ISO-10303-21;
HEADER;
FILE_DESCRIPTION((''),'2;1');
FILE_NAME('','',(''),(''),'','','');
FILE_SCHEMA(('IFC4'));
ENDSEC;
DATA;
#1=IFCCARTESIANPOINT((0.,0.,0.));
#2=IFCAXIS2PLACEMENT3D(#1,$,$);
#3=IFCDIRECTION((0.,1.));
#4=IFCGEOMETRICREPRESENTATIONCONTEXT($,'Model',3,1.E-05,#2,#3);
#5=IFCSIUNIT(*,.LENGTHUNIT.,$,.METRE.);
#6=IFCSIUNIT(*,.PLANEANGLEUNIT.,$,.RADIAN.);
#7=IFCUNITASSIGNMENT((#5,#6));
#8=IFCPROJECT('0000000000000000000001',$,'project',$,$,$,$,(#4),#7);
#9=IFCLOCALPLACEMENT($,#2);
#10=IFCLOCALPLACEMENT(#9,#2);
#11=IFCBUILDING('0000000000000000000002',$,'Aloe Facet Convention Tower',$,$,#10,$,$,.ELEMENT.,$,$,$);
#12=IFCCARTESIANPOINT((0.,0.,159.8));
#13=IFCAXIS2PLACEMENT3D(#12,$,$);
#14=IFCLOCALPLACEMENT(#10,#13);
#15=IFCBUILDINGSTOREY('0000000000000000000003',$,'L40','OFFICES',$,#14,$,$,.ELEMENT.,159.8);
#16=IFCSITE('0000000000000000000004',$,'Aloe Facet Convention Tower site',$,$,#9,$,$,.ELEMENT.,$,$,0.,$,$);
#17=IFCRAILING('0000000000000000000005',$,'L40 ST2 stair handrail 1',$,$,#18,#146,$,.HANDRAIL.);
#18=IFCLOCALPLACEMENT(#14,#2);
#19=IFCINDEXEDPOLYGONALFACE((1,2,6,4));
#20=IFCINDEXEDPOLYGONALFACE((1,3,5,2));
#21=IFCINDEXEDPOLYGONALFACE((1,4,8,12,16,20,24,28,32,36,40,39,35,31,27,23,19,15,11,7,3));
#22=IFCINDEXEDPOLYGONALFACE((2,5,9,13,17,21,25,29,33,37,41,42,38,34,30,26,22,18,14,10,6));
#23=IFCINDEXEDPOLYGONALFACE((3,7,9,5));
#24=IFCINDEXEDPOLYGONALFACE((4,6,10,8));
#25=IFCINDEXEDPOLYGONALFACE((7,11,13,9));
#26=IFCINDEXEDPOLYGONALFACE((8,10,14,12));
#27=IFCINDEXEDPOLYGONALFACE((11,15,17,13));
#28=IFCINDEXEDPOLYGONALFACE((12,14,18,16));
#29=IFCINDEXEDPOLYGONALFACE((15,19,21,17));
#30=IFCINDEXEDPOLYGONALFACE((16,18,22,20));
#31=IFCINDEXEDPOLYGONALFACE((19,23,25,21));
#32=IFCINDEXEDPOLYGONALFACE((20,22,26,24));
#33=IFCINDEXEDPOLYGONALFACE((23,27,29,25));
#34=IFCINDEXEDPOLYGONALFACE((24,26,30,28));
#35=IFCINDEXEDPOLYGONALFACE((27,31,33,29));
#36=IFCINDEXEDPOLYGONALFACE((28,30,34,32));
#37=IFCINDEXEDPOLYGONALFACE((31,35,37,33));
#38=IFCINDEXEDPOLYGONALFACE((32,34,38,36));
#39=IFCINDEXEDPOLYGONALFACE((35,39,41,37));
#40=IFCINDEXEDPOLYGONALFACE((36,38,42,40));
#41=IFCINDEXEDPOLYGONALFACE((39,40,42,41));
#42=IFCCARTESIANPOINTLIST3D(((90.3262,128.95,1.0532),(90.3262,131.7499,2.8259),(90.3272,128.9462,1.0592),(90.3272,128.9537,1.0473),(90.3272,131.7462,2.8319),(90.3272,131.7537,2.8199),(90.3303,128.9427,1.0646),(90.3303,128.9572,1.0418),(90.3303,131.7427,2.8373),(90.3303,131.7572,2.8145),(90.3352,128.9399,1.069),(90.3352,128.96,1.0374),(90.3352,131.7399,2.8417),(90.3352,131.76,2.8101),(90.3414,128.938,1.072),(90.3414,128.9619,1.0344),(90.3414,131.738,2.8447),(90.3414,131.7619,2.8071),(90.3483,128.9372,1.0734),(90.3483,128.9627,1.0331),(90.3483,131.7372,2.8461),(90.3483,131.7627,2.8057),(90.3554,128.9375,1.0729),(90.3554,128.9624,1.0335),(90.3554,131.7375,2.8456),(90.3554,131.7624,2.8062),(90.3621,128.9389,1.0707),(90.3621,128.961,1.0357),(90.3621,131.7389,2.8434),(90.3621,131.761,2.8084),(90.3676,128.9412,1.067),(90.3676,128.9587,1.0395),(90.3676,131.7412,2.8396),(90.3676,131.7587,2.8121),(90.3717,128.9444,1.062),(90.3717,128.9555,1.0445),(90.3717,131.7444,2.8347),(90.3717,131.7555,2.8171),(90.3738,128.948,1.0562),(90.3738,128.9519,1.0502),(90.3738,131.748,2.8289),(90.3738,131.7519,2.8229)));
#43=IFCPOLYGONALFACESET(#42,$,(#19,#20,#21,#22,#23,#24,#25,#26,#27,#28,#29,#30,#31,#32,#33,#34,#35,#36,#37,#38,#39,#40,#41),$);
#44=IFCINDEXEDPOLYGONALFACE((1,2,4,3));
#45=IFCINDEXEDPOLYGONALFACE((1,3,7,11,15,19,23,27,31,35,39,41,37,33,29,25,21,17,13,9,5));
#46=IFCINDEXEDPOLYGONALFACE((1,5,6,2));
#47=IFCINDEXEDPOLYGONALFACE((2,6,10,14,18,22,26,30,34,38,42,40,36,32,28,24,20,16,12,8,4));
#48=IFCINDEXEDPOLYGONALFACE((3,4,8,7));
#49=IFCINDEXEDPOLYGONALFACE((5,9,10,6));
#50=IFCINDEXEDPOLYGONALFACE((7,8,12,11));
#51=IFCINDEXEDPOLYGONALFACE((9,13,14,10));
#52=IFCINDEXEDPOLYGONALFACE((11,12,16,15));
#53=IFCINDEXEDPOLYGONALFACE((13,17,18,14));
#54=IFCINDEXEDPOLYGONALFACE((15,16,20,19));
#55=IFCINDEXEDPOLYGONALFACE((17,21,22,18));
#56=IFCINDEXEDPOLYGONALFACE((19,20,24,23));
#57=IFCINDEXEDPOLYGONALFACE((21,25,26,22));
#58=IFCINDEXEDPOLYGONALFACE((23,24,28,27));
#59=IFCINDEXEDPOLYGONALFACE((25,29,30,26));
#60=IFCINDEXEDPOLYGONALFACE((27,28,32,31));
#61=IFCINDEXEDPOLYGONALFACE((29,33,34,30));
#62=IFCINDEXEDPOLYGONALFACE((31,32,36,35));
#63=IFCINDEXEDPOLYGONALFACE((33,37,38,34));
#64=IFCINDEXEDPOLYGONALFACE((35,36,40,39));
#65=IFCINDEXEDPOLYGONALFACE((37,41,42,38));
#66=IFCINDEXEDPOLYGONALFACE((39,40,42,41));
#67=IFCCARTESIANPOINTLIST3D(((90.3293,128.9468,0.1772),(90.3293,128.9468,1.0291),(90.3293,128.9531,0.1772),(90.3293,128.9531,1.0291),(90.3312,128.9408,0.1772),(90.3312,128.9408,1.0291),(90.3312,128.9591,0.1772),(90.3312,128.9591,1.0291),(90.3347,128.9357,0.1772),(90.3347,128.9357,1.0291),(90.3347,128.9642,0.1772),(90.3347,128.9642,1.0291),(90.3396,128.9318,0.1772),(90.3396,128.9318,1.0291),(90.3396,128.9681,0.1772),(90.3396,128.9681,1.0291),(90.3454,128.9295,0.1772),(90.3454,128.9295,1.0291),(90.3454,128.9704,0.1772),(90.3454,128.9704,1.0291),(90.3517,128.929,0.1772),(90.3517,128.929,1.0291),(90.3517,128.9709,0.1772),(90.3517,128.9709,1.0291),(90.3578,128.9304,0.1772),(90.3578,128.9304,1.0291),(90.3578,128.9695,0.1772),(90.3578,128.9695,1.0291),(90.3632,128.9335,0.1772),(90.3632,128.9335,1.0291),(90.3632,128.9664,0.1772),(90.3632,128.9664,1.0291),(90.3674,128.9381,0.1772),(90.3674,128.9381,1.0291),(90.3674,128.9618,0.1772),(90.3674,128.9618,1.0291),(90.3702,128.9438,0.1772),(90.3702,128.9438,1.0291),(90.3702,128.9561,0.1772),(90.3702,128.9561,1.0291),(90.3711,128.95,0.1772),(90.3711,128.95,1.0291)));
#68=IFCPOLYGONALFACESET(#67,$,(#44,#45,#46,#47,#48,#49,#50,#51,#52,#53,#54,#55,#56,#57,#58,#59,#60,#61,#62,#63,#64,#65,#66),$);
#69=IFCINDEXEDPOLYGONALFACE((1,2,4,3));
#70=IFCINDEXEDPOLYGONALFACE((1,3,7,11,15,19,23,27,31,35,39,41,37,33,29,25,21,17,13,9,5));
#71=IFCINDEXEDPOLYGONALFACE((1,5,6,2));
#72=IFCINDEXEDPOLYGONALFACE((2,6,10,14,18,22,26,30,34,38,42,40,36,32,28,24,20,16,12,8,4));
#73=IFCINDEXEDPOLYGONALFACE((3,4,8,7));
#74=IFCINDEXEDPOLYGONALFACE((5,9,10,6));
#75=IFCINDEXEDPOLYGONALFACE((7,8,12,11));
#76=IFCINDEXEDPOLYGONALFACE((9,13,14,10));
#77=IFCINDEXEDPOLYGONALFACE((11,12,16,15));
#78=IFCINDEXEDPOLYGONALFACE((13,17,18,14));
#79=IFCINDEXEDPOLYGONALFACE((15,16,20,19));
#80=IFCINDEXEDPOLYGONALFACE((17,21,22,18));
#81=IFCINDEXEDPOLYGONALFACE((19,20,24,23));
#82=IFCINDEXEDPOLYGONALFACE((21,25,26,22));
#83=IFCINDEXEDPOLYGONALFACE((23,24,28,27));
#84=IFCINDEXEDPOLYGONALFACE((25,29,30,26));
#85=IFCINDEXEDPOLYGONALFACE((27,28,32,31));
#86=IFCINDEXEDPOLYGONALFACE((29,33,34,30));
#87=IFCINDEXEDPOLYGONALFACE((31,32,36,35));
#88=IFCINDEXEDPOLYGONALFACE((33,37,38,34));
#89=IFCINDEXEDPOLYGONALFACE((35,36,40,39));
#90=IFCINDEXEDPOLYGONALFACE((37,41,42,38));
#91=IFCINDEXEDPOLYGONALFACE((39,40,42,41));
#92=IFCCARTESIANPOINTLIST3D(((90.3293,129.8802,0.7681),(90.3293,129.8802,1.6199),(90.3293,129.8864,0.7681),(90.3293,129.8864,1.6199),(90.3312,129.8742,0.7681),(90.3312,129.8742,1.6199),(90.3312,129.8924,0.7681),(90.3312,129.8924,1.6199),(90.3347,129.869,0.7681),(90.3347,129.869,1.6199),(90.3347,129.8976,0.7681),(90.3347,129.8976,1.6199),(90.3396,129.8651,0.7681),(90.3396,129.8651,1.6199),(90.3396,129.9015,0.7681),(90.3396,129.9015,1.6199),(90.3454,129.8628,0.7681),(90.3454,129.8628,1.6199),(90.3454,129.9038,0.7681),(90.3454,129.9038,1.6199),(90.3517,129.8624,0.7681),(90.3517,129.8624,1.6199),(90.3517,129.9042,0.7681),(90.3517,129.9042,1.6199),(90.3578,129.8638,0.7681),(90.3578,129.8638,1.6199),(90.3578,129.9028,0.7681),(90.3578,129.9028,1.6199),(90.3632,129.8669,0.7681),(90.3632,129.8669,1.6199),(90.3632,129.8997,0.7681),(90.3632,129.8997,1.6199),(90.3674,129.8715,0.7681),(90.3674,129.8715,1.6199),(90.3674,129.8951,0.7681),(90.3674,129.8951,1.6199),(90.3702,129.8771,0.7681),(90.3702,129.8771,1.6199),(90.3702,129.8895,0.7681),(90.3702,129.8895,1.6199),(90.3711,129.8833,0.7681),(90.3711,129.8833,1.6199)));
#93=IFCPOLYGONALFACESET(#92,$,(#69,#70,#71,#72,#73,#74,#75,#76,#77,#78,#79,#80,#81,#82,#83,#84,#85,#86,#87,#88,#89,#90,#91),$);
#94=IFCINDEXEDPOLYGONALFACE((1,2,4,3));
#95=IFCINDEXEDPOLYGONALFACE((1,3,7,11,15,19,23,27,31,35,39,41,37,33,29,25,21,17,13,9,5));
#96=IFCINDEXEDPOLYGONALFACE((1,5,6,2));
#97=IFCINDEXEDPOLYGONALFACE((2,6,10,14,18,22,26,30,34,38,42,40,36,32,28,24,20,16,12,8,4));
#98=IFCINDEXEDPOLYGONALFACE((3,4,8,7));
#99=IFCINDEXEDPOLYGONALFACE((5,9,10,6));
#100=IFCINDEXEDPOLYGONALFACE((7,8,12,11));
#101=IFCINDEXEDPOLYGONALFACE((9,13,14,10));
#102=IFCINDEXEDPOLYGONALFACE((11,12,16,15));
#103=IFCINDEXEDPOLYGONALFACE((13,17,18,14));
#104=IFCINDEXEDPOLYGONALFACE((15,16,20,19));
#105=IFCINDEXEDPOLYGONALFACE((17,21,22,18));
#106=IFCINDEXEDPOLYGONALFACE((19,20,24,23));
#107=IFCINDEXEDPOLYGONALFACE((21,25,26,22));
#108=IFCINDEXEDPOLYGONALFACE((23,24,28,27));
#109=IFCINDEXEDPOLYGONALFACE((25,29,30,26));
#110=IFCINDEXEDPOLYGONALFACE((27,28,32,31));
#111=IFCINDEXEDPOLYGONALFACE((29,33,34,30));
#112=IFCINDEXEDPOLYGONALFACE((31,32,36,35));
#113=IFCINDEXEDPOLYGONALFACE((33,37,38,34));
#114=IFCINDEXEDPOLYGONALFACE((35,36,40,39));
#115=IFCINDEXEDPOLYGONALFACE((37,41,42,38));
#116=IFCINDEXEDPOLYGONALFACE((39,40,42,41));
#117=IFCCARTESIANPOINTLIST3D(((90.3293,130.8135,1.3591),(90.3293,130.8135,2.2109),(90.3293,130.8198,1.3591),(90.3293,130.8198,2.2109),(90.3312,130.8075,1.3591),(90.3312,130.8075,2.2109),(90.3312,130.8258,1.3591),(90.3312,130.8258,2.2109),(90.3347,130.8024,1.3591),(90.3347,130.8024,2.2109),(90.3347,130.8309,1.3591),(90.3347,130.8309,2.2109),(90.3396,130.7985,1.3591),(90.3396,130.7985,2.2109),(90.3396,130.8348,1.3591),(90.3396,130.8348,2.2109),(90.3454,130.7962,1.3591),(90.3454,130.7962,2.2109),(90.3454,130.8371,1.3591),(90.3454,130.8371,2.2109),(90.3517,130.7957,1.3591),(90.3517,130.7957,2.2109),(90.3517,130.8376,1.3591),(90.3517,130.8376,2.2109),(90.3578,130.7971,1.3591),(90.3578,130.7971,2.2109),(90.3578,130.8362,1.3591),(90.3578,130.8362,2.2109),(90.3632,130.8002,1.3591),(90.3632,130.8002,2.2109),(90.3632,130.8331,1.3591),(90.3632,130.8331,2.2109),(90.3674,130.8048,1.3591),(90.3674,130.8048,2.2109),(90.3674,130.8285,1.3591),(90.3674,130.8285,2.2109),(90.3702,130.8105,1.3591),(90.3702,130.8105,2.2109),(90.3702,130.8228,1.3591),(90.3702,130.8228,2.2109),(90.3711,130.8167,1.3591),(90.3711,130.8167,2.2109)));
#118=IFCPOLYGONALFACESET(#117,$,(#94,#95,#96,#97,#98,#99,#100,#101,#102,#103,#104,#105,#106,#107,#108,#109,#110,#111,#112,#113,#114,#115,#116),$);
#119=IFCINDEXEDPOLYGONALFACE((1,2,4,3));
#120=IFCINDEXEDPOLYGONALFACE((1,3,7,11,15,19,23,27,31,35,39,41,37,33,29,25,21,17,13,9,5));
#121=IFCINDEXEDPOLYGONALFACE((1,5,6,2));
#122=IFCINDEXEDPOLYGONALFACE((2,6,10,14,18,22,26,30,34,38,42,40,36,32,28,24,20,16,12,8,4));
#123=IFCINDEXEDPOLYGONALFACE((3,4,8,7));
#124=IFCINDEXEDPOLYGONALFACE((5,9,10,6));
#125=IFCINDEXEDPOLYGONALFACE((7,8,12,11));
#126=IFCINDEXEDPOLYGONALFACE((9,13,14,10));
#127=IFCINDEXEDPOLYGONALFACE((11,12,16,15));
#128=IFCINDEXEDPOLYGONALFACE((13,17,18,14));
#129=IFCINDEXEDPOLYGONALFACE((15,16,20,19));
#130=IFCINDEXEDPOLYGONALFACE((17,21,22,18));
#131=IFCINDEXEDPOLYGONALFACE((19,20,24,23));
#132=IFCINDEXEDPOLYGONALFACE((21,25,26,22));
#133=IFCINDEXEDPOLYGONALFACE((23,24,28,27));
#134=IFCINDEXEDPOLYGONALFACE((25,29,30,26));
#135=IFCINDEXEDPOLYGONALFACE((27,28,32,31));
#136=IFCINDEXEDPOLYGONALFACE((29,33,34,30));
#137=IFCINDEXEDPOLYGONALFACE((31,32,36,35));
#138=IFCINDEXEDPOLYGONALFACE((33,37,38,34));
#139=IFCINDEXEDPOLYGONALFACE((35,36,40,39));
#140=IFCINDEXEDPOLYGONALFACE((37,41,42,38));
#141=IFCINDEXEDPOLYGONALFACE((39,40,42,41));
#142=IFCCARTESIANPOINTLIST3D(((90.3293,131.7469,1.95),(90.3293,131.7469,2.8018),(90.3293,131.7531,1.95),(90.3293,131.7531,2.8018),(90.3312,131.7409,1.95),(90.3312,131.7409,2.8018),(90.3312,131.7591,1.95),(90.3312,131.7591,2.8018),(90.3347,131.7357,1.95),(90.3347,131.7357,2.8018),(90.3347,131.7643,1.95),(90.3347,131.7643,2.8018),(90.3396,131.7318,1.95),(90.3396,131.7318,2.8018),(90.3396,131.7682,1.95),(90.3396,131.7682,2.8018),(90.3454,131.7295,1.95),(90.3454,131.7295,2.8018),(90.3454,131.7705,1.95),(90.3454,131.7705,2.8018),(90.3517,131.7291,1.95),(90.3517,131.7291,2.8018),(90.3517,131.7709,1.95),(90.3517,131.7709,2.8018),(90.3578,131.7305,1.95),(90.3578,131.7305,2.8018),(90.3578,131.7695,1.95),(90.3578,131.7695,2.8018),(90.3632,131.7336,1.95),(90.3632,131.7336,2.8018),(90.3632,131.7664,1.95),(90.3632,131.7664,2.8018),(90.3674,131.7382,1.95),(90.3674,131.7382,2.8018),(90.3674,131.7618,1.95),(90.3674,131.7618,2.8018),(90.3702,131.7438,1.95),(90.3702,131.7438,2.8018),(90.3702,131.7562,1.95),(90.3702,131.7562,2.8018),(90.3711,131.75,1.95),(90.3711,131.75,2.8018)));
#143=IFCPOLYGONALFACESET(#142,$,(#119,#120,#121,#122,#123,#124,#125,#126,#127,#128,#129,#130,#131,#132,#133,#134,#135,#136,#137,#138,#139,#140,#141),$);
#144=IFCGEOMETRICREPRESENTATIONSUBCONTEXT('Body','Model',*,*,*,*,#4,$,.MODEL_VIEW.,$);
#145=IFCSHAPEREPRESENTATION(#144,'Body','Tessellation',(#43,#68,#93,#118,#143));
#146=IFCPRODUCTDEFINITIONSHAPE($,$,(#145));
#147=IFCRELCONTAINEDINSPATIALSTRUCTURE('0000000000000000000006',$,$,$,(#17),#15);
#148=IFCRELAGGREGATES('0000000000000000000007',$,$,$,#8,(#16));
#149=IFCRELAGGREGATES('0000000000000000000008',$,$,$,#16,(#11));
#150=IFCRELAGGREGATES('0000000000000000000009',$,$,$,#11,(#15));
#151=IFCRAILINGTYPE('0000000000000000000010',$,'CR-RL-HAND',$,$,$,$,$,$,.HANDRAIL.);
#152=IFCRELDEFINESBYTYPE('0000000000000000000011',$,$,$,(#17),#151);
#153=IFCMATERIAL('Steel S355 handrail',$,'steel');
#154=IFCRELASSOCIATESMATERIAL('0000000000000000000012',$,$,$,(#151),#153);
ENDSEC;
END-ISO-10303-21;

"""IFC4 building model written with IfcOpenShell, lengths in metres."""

from ifc_helpers import new_model, si_unit, direction, frame, origin, origin_2d, place, context, subcontext, project, spatial, circle, extrude, material, type_object, element, save


model = new_model("IFC4")

# Units and contexts
model_context = context("Model", 3, precision=1e-05, world=origin(), true_north=direction((0.0, 1.0)))
body_context = subcontext(model_context, "Body", "Model", "MODEL_VIEW")
ifc_project = project(units=[si_unit("LENGTHUNIT", "METRE"), si_unit("PLANEANGLEUNIT", "RADIAN")], contexts=[model_context])

# Site, building, storey
site_placement = place(None, origin())
site = spatial("IfcSite", under=ifc_project, at=site_placement, Name="Aloe Facet Convention Tower site", CompositionType="ELEMENT", RefElevation=0.0)
building_placement = place(site_placement, origin())
building = spatial("IfcBuilding", under=site, at=building_placement, Name="Aloe Facet Convention Tower", CompositionType="ELEMENT")
storey_placement = place(building_placement, frame((0.0, 0.0, 159.8)))
storey = spatial("IfcBuildingStorey", under=building, at=storey_placement, Name="L40", Description="OFFICES", CompositionType="ELEMENT", Elevation=159.8)

# Railing
ifc_material_1 = material(Name="Steel S355 handrail", Category="steel")
railing_type_1 = type_object("IfcRailingType", Name="CR-RL-HAND", PredefinedType="HANDRAIL", material=ifc_material_1)
railing_1_placement = place(storey_placement, frame((90.3501, 128.95, 0.1772)))
element("IfcRailing", 1, at=railing_1_placement, inside=storey, type_object=railing_type_1, Name="L40 ST2 stair handrail 1", PredefinedType="HANDRAIL", context=body_context, shape_type="SweptSolid", body=[
    extrude(circle(Radius=0.0239, at=origin_2d()), frame((0.0, 0.0, 0.876), z_axis=(0.0, 0.844909, 0.53491), x_axis=(-1.0, 0.0, 0.0)), (0.0, 0.0, 1.0), 3.314),
    extrude(circle(Radius=0.021, at=origin_2d()), origin(), (0.0, 0.0, 1.0), 0.8518),
    extrude(circle(Radius=0.021, at=origin_2d()), frame((0.0, 0.9333, 0.5908)), (0.0, 0.0, 1.0), 0.8518),
    extrude(circle(Radius=0.021, at=origin_2d()), frame((0.0, 1.8667, 1.1819)), (0.0, 0.0, 1.0), 0.8518),
    extrude(circle(Radius=0.021, at=origin_2d()), frame((0.0, 2.8, 1.7727)), (0.0, 0.0, 1.0), 0.8518),
])

save(model, "model.ifc")
